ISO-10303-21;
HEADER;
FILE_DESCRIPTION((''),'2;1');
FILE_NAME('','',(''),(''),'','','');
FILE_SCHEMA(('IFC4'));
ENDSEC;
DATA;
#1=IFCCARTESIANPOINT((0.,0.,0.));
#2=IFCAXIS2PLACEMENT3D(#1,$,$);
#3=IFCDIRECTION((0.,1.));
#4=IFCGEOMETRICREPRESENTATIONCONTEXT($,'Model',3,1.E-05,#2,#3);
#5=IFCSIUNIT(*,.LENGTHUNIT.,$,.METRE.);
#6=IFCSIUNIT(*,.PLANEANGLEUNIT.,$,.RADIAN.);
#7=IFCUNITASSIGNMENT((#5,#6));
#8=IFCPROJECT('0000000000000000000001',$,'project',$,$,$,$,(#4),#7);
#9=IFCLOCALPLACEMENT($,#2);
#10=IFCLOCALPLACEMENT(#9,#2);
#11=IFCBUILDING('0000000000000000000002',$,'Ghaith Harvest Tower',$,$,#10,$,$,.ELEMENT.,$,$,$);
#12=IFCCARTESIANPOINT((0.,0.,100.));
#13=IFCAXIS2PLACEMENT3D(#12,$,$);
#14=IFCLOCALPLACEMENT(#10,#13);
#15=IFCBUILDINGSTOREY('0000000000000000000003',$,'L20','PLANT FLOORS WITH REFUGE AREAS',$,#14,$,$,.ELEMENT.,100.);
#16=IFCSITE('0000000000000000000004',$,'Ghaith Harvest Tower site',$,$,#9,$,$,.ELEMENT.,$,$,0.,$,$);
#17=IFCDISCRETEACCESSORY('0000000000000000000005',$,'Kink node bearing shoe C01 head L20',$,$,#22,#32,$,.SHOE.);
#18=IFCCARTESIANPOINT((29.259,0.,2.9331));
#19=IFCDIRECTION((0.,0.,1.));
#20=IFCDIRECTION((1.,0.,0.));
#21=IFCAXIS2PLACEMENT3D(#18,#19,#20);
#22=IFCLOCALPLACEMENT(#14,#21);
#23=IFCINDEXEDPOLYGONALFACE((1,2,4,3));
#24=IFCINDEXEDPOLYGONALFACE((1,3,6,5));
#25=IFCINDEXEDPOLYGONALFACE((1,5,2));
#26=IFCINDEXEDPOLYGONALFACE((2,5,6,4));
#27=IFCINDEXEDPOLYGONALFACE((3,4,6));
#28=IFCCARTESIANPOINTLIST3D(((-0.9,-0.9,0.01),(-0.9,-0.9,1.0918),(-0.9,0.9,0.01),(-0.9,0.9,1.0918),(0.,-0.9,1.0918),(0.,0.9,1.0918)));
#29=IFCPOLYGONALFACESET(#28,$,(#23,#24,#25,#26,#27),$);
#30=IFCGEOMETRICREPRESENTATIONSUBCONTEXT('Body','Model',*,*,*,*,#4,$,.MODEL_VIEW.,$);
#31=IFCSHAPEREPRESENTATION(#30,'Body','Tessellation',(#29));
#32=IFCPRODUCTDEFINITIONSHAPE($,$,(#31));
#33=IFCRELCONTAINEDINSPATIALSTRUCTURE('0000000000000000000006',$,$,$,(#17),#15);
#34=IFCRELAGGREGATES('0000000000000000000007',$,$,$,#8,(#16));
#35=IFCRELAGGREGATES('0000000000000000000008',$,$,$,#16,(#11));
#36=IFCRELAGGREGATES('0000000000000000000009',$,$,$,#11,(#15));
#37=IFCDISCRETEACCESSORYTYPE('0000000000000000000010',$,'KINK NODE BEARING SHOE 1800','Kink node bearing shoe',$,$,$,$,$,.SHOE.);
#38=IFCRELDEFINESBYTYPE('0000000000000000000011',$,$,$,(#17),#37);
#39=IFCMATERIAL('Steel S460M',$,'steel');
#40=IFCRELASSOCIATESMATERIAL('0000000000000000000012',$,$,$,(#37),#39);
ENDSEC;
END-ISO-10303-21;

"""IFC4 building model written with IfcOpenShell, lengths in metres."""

from ifc_helpers import new_model, si_unit, direction, frame, origin, origin_2d, place, context, subcontext, project, spatial, rectangle, extrude, clip, halfspace, material, material_profile, profile_set, type_object, element, save


model = new_model("IFC4")

# Units and contexts
model_context = context("Model", 3, precision=1e-05, world=origin(), true_north=direction((0.0, 1.0)))
body_context = subcontext(model_context, "Body", "Model", "MODEL_VIEW")
ifc_project = project(units=[si_unit("LENGTHUNIT", "METRE"), si_unit("PLANEANGLEUNIT", "RADIAN")], contexts=[model_context])

# Site, building, storey
site_placement = place(None, origin())
site = spatial("IfcSite", under=ifc_project, at=site_placement, Name="Ghaith Harvest Tower site", CompositionType="ELEMENT", RefElevation=0.0)
building_placement = place(site_placement, origin())
building = spatial("IfcBuilding", under=site, at=building_placement, Name="Ghaith Harvest Tower", CompositionType="ELEMENT")
storey_placement = place(building_placement, frame((0.0, 0.0, 100.0)))
storey = spatial("IfcBuildingStorey", under=building, at=storey_placement, Name="L20", Description="PLANT FLOORS WITH REFUGE AREAS", CompositionType="ELEMENT", Elevation=100.0)

# Discrete accessory
ifc_material_1 = material(Name="Steel S460M", Category="steel")
ifc_material_profile_1 = material_profile(ifc_material_1, rectangle(XDim=1.8, YDim=1.8, at=origin_2d()), Name="KINK NODE BEARING SHOE 1800")
ifc_profile_set_1 = profile_set([ifc_material_profile_1], Name="Steel S460M")
discrete_accessory_type = type_object("IfcDiscreteAccessoryType", Name="KINK NODE BEARING SHOE 1800", Description="Kink node bearing shoe", PredefinedType="SHOE", material=ifc_profile_set_1)
discrete_accessory_1_placement = place(storey_placement, frame((29.259, 0.0, 2.9331), z_axis=(0.0, 0.0, 1.0), x_axis=(1.0, 0.0, 0.0)))
element("IfcDiscreteAccessory", 1, at=discrete_accessory_1_placement, inside=storey, type_object=discrete_accessory_type, Name="Kink node bearing shoe C01 head L20", PredefinedType="SHOE", context=body_context, shape_type="Clipping", body=[
    clip(extrude(rectangle(XDim=1.8, YDim=1.8, at=origin_2d()), origin(), (0.0, 0.0, 1.0), 1.0918), halfspace(frame((0.0, 0.0, 1.0918), z_axis=(0.768737, 0.0, -0.639565), x_axis=(1.0, 0.0, 0.0)), False)),
])

save(model, "model.ifc")
